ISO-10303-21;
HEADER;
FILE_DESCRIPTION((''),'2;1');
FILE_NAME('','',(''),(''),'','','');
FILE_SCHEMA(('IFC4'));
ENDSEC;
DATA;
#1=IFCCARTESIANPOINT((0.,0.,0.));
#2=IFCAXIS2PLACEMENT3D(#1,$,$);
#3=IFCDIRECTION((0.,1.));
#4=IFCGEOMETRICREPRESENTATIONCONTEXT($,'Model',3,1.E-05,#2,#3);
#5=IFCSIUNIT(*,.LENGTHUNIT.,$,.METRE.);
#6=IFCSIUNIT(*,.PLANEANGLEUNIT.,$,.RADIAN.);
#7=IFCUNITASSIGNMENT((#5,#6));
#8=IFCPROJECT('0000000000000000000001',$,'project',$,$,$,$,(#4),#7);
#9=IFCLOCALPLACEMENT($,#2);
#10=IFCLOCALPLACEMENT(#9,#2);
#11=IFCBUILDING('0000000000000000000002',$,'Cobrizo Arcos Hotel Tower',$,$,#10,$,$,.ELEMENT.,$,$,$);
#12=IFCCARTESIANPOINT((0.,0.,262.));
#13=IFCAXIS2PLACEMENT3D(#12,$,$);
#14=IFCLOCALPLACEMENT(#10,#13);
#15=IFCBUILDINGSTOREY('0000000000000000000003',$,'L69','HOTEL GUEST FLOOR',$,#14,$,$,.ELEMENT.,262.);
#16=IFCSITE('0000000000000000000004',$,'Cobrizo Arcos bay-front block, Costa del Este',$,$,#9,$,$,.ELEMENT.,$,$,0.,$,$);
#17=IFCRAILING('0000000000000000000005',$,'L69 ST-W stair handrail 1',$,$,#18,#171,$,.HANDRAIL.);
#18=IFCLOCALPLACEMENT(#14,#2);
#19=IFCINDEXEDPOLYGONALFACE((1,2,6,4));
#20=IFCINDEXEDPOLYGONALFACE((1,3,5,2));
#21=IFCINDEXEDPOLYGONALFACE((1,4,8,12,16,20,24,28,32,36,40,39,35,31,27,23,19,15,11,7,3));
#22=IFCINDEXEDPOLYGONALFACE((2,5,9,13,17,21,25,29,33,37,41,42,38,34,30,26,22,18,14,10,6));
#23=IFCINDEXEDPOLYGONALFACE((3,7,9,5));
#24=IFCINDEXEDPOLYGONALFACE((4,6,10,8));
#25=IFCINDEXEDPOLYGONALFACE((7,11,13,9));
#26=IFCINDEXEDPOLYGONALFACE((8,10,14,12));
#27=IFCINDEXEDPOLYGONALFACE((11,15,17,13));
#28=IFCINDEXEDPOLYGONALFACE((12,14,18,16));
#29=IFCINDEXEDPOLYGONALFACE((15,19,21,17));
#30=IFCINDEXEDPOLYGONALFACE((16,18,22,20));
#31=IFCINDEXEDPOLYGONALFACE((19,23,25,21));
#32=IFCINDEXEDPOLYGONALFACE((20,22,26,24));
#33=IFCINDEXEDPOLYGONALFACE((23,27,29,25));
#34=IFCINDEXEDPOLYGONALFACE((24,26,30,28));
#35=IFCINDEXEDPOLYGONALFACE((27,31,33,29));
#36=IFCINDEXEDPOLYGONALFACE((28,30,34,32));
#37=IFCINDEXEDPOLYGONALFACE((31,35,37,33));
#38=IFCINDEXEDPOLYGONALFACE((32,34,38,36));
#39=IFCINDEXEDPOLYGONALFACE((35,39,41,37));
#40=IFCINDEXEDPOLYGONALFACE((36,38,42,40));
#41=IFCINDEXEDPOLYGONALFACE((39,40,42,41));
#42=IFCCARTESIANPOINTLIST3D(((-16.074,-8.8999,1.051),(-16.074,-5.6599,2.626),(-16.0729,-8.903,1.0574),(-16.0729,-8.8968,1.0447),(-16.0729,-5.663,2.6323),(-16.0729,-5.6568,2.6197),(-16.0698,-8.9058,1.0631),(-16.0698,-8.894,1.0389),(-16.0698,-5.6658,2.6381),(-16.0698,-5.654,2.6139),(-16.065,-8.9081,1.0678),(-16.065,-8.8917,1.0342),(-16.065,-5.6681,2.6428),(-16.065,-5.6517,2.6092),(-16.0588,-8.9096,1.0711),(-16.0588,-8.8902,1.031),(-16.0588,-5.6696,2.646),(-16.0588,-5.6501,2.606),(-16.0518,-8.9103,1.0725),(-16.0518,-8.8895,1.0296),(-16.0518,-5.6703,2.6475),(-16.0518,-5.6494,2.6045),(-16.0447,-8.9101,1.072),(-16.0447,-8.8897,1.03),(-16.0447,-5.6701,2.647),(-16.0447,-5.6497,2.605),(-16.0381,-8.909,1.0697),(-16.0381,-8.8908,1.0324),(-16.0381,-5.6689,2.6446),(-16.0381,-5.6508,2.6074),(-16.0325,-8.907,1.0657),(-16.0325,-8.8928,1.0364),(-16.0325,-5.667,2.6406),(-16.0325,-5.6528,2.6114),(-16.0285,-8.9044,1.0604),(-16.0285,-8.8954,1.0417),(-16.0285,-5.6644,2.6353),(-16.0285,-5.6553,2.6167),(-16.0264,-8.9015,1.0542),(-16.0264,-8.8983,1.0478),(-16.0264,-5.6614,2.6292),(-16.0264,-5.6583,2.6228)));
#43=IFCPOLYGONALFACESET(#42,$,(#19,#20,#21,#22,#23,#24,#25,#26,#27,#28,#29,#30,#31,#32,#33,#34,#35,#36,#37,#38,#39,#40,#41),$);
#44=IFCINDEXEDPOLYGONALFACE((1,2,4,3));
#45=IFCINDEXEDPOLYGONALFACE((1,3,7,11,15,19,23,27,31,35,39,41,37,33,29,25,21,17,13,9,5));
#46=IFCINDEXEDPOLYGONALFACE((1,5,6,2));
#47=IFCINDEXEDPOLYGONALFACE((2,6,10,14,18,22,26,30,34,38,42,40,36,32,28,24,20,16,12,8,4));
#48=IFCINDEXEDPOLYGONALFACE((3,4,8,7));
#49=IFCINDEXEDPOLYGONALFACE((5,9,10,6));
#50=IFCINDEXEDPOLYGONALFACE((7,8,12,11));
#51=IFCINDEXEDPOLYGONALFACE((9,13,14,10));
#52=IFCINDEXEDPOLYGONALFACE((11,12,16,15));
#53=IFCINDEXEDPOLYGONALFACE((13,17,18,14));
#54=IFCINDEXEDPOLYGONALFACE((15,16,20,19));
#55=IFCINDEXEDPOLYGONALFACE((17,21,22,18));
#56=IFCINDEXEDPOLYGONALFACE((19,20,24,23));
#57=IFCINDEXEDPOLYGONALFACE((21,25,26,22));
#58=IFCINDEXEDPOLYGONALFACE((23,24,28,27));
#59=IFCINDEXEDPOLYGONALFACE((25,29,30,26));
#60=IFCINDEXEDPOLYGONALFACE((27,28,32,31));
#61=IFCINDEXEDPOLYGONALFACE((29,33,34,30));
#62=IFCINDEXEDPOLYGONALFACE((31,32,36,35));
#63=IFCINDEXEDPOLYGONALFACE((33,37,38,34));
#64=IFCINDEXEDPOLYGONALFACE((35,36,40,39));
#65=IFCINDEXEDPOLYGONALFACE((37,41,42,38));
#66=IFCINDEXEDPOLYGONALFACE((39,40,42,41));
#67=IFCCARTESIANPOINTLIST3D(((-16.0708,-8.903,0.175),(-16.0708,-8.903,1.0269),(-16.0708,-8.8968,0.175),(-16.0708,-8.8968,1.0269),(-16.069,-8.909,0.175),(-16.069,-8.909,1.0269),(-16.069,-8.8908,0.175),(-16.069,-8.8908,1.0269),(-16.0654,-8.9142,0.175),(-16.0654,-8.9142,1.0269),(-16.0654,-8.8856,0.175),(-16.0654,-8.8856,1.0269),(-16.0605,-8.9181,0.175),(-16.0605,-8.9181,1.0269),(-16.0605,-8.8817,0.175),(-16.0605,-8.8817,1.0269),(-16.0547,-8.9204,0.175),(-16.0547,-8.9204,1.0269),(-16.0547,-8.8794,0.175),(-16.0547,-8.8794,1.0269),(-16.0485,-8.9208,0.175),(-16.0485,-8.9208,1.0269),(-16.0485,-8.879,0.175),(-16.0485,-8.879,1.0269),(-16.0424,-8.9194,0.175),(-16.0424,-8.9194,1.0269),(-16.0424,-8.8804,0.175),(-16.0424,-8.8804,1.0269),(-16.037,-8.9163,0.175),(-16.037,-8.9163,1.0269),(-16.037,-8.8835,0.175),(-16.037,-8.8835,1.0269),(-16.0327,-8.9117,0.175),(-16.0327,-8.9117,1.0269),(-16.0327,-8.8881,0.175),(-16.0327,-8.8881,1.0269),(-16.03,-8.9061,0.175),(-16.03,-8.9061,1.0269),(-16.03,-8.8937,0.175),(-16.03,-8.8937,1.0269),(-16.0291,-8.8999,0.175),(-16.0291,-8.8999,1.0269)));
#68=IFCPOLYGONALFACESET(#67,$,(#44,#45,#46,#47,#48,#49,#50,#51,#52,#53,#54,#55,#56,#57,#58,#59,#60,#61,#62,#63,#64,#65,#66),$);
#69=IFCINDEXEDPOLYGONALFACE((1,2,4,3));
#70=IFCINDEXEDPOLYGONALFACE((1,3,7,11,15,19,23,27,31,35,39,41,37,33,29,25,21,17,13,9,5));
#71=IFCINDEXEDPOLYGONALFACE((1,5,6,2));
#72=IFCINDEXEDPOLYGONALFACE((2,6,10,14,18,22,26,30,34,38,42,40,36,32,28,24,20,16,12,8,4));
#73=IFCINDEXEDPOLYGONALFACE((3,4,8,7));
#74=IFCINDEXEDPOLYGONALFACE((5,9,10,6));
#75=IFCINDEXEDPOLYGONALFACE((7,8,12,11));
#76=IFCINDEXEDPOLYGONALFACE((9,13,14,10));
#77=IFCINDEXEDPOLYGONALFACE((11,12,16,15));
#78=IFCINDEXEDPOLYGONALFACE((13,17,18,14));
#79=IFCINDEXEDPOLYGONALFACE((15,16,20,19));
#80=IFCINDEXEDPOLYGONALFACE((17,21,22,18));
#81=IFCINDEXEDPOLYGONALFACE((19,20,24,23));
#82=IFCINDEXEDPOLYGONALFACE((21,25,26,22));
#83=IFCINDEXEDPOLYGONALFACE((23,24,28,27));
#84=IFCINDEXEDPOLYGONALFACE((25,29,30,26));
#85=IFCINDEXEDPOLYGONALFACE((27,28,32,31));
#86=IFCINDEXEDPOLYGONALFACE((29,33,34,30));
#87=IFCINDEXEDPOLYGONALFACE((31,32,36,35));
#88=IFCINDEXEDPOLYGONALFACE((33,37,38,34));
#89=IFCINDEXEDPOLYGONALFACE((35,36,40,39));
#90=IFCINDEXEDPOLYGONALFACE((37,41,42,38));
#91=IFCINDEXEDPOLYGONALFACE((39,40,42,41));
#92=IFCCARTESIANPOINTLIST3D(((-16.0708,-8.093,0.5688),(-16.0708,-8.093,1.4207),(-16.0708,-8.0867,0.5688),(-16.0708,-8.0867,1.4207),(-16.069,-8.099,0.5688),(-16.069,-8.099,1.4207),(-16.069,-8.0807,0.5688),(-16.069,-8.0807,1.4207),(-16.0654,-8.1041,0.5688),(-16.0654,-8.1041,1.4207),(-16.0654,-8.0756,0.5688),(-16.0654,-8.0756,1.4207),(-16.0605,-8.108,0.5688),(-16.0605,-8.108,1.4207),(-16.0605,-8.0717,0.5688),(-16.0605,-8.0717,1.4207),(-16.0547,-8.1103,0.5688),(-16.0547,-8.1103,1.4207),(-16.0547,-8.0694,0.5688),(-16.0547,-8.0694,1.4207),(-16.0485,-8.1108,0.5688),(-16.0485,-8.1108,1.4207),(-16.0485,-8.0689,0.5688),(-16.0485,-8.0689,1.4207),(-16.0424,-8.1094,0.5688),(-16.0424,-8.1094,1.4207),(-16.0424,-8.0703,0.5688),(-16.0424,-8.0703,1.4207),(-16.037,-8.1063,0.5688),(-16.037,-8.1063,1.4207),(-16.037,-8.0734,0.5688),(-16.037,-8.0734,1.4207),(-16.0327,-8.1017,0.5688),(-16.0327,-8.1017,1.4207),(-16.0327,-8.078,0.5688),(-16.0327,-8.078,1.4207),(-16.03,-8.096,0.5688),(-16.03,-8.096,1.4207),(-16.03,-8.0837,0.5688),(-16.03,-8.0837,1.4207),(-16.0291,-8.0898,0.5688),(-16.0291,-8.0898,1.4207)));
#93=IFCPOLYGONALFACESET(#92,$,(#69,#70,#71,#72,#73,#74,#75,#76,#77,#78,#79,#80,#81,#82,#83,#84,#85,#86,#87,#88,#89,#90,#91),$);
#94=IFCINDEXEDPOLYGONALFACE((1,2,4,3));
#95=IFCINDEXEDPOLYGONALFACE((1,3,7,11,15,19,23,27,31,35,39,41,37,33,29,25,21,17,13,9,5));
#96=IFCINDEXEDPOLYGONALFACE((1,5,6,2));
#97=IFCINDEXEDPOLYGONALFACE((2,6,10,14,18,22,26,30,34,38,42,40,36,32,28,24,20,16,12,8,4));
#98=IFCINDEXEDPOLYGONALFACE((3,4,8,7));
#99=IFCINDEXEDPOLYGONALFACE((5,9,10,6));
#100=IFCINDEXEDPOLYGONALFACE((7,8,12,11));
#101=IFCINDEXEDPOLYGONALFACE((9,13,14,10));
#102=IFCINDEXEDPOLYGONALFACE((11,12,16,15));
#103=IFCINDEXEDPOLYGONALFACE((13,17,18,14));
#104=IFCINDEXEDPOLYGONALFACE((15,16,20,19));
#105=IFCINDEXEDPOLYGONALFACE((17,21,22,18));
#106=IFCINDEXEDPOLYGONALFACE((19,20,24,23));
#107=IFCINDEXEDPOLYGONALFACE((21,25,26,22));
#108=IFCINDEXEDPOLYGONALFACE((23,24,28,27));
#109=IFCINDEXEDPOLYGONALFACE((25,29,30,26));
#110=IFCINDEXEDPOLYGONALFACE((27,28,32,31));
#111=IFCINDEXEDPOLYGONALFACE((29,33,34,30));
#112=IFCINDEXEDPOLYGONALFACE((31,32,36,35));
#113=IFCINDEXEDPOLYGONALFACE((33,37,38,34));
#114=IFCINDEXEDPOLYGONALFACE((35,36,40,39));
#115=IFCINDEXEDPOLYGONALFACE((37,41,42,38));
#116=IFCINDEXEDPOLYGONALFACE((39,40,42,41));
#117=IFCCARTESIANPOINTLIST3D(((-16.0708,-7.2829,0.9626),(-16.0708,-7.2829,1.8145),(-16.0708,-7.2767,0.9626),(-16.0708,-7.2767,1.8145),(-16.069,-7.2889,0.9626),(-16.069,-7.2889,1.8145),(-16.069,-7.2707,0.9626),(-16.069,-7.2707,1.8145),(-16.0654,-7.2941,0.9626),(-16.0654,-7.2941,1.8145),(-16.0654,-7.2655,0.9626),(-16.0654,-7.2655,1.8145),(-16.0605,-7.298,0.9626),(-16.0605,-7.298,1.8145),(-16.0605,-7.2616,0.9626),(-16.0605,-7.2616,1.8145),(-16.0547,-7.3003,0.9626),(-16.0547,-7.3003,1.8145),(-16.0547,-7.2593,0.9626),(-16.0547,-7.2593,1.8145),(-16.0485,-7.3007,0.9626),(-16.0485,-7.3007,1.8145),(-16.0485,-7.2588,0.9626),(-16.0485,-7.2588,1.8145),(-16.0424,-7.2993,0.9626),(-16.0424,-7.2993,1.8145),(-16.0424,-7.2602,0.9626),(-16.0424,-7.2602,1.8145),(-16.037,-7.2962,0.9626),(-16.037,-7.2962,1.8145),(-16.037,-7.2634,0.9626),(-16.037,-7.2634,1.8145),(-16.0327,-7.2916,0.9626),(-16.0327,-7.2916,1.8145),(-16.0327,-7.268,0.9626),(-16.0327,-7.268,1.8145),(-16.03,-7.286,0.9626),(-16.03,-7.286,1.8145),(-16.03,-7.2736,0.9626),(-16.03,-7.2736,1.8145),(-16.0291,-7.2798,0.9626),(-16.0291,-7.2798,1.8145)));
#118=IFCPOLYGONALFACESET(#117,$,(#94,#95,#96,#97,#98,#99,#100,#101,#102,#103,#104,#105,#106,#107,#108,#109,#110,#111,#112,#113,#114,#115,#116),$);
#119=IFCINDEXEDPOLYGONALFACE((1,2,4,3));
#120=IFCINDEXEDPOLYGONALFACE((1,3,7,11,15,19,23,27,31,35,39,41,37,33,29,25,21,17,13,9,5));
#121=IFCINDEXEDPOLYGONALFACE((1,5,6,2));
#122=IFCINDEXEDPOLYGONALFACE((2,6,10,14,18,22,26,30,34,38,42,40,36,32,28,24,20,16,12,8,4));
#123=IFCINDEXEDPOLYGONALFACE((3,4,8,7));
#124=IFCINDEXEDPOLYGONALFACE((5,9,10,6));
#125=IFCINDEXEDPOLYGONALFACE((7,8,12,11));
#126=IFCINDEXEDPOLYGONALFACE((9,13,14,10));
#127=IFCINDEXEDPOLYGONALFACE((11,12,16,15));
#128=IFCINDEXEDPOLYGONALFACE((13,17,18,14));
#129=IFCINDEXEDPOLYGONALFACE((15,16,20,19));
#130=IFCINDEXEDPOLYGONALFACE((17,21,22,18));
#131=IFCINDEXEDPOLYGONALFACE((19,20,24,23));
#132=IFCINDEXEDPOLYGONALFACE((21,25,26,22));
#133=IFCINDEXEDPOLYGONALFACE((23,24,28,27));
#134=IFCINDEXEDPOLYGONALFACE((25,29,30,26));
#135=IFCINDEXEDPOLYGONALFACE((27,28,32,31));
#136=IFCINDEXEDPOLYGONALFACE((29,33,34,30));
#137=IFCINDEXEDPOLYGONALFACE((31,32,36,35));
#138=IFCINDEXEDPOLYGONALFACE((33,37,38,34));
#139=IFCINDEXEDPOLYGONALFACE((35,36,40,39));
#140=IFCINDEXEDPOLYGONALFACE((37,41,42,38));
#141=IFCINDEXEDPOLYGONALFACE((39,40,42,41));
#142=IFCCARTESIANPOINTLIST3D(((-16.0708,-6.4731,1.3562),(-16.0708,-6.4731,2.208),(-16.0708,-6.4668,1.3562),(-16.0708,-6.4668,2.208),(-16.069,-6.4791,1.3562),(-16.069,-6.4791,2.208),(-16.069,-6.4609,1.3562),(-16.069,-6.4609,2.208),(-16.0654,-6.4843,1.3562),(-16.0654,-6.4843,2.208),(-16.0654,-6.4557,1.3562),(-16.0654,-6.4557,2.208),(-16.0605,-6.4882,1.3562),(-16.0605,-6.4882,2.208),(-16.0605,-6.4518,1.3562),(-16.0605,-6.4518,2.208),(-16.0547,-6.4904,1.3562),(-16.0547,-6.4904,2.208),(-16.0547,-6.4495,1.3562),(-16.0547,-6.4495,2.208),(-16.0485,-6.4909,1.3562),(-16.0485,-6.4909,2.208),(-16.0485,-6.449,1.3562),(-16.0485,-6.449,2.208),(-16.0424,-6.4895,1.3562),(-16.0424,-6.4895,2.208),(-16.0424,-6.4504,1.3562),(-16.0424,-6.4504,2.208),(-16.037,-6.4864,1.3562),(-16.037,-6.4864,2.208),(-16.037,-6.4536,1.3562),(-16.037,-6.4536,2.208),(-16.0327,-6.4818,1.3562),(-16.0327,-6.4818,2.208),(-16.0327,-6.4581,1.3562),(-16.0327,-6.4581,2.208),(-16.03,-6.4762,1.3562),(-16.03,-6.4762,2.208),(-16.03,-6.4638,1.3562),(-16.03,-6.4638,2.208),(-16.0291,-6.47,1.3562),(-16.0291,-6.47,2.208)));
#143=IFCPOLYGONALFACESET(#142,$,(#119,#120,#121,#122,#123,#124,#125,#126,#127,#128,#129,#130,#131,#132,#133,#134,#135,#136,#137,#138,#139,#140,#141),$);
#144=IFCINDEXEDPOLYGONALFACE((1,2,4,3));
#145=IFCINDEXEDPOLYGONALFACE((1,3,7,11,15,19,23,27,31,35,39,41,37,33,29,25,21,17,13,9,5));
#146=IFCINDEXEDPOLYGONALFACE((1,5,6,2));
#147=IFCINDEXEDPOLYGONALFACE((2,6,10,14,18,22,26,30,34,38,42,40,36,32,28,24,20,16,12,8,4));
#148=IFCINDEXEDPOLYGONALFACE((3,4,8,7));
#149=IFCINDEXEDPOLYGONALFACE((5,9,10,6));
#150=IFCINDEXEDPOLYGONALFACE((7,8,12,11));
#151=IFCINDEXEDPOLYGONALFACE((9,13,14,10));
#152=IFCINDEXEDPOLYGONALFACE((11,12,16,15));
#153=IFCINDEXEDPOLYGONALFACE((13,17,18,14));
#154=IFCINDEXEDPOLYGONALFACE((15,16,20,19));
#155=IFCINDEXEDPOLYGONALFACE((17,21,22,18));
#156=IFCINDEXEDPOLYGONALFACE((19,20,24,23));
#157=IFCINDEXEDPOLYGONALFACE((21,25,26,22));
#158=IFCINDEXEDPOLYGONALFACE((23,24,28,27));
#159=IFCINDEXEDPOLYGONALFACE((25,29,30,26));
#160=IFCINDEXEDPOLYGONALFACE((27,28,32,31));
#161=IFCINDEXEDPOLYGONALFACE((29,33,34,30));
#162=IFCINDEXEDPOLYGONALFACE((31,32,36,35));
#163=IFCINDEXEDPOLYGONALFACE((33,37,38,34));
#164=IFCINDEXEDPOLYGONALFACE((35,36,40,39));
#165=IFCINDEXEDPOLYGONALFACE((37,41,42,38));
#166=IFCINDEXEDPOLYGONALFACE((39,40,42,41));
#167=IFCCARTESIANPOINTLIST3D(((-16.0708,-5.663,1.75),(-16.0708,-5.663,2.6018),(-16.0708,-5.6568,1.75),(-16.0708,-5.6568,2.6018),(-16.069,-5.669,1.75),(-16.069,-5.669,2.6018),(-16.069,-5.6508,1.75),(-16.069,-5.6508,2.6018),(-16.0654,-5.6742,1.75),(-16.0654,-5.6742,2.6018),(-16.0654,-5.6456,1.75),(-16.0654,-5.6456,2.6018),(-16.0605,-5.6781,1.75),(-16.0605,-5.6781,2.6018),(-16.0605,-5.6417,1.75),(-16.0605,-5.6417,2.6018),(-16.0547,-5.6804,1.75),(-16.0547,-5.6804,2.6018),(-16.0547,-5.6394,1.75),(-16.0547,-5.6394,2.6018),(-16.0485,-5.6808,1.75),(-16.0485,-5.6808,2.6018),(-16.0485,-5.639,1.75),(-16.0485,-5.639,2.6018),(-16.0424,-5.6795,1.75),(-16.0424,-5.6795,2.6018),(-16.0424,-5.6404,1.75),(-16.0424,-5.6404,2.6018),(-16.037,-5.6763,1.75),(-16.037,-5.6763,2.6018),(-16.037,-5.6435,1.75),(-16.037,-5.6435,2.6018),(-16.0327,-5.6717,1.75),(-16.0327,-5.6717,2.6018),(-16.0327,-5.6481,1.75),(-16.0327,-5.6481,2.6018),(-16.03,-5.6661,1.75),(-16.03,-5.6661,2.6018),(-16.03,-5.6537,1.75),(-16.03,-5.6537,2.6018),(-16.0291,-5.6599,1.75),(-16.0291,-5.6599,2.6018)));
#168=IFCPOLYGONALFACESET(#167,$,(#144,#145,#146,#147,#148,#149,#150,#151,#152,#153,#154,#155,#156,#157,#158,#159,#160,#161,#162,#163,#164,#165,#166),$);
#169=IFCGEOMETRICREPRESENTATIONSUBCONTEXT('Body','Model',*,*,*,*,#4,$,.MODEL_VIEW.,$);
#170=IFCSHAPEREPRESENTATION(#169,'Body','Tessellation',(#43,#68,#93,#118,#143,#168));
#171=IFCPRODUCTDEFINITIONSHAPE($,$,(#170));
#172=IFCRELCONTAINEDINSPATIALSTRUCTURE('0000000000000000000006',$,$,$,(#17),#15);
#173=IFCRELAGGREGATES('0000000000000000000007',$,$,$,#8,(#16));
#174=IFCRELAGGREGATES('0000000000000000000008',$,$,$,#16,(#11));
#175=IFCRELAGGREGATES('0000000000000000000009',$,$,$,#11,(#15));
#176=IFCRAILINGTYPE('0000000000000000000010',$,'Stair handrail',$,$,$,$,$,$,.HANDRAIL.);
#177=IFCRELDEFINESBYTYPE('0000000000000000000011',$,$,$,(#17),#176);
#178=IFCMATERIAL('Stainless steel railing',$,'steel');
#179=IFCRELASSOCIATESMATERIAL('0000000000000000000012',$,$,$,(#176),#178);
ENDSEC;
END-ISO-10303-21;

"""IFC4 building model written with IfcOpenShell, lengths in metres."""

from ifc_helpers import new_model, si_unit, direction, frame, origin, origin_2d, place, context, subcontext, project, spatial, circle, extrude, material, type_object, element, save


model = new_model("IFC4")

# Units and contexts
model_context = context("Model", 3, precision=1e-05, world=origin(), true_north=direction((0.0, 1.0)))
body_context = subcontext(model_context, "Body", "Model", "MODEL_VIEW")
ifc_project = project(units=[si_unit("LENGTHUNIT", "METRE"), si_unit("PLANEANGLEUNIT", "RADIAN")], contexts=[model_context])

# Site, building, storey
site_placement = place(None, origin())
site = spatial("IfcSite", under=ifc_project, at=site_placement, Name="Cobrizo Arcos bay-front block, Costa del Este", CompositionType="ELEMENT", RefElevation=0.0)
building_placement = place(site_placement, origin())
building = spatial("IfcBuilding", under=site, at=building_placement, Name="Cobrizo Arcos Hotel Tower", CompositionType="ELEMENT")
storey_placement = place(building_placement, frame((0.0, 0.0, 262.0)))
storey = spatial("IfcBuildingStorey", under=building, at=storey_placement, Name="L69", Description="HOTEL GUEST FLOOR", CompositionType="ELEMENT", Elevation=262.0)

# Railing
ifc_material_1 = material(Name="Stainless steel railing", Category="steel")
railing_type_1 = type_object("IfcRailingType", Name="Stair handrail", PredefinedType="HANDRAIL", material=ifc_material_1)
railing_1_placement = place(storey_placement, frame((-16.05, -8.8999, 0.175)))
element("IfcRailing", 1, at=railing_1_placement, inside=storey, type_object=railing_type_1, Name="L69 ST-W stair handrail 1", PredefinedType="HANDRAIL", context=body_context, shape_type="SweptSolid", body=[
    extrude(circle(Radius=0.0239, at=origin_2d()), frame((0.0, 0.0, 0.876), z_axis=(0.0, 0.899373, 0.437183), x_axis=(-1.0, 0.0, 0.0)), (0.0, 0.0, 1.0), 3.6025),
    extrude(circle(Radius=0.021, at=origin_2d()), origin(), (0.0, 0.0, 1.0), 0.8518),
    extrude(circle(Radius=0.021, at=origin_2d()), frame((0.0, 0.8101, 0.3938)), (0.0, 0.0, 1.0), 0.8518),
    extrude(circle(Radius=0.021, at=origin_2d()), frame((0.0, 1.6201, 0.7876)), (0.0, 0.0, 1.0), 0.8518),
    extrude(circle(Radius=0.021, at=origin_2d()), frame((0.0, 2.4299, 1.1812)), (0.0, 0.0, 1.0), 0.8518),
    extrude(circle(Radius=0.021, at=origin_2d()), frame((0.0, 3.24, 1.575)), (0.0, 0.0, 1.0), 0.8518),
])

save(model, "model.ifc")
